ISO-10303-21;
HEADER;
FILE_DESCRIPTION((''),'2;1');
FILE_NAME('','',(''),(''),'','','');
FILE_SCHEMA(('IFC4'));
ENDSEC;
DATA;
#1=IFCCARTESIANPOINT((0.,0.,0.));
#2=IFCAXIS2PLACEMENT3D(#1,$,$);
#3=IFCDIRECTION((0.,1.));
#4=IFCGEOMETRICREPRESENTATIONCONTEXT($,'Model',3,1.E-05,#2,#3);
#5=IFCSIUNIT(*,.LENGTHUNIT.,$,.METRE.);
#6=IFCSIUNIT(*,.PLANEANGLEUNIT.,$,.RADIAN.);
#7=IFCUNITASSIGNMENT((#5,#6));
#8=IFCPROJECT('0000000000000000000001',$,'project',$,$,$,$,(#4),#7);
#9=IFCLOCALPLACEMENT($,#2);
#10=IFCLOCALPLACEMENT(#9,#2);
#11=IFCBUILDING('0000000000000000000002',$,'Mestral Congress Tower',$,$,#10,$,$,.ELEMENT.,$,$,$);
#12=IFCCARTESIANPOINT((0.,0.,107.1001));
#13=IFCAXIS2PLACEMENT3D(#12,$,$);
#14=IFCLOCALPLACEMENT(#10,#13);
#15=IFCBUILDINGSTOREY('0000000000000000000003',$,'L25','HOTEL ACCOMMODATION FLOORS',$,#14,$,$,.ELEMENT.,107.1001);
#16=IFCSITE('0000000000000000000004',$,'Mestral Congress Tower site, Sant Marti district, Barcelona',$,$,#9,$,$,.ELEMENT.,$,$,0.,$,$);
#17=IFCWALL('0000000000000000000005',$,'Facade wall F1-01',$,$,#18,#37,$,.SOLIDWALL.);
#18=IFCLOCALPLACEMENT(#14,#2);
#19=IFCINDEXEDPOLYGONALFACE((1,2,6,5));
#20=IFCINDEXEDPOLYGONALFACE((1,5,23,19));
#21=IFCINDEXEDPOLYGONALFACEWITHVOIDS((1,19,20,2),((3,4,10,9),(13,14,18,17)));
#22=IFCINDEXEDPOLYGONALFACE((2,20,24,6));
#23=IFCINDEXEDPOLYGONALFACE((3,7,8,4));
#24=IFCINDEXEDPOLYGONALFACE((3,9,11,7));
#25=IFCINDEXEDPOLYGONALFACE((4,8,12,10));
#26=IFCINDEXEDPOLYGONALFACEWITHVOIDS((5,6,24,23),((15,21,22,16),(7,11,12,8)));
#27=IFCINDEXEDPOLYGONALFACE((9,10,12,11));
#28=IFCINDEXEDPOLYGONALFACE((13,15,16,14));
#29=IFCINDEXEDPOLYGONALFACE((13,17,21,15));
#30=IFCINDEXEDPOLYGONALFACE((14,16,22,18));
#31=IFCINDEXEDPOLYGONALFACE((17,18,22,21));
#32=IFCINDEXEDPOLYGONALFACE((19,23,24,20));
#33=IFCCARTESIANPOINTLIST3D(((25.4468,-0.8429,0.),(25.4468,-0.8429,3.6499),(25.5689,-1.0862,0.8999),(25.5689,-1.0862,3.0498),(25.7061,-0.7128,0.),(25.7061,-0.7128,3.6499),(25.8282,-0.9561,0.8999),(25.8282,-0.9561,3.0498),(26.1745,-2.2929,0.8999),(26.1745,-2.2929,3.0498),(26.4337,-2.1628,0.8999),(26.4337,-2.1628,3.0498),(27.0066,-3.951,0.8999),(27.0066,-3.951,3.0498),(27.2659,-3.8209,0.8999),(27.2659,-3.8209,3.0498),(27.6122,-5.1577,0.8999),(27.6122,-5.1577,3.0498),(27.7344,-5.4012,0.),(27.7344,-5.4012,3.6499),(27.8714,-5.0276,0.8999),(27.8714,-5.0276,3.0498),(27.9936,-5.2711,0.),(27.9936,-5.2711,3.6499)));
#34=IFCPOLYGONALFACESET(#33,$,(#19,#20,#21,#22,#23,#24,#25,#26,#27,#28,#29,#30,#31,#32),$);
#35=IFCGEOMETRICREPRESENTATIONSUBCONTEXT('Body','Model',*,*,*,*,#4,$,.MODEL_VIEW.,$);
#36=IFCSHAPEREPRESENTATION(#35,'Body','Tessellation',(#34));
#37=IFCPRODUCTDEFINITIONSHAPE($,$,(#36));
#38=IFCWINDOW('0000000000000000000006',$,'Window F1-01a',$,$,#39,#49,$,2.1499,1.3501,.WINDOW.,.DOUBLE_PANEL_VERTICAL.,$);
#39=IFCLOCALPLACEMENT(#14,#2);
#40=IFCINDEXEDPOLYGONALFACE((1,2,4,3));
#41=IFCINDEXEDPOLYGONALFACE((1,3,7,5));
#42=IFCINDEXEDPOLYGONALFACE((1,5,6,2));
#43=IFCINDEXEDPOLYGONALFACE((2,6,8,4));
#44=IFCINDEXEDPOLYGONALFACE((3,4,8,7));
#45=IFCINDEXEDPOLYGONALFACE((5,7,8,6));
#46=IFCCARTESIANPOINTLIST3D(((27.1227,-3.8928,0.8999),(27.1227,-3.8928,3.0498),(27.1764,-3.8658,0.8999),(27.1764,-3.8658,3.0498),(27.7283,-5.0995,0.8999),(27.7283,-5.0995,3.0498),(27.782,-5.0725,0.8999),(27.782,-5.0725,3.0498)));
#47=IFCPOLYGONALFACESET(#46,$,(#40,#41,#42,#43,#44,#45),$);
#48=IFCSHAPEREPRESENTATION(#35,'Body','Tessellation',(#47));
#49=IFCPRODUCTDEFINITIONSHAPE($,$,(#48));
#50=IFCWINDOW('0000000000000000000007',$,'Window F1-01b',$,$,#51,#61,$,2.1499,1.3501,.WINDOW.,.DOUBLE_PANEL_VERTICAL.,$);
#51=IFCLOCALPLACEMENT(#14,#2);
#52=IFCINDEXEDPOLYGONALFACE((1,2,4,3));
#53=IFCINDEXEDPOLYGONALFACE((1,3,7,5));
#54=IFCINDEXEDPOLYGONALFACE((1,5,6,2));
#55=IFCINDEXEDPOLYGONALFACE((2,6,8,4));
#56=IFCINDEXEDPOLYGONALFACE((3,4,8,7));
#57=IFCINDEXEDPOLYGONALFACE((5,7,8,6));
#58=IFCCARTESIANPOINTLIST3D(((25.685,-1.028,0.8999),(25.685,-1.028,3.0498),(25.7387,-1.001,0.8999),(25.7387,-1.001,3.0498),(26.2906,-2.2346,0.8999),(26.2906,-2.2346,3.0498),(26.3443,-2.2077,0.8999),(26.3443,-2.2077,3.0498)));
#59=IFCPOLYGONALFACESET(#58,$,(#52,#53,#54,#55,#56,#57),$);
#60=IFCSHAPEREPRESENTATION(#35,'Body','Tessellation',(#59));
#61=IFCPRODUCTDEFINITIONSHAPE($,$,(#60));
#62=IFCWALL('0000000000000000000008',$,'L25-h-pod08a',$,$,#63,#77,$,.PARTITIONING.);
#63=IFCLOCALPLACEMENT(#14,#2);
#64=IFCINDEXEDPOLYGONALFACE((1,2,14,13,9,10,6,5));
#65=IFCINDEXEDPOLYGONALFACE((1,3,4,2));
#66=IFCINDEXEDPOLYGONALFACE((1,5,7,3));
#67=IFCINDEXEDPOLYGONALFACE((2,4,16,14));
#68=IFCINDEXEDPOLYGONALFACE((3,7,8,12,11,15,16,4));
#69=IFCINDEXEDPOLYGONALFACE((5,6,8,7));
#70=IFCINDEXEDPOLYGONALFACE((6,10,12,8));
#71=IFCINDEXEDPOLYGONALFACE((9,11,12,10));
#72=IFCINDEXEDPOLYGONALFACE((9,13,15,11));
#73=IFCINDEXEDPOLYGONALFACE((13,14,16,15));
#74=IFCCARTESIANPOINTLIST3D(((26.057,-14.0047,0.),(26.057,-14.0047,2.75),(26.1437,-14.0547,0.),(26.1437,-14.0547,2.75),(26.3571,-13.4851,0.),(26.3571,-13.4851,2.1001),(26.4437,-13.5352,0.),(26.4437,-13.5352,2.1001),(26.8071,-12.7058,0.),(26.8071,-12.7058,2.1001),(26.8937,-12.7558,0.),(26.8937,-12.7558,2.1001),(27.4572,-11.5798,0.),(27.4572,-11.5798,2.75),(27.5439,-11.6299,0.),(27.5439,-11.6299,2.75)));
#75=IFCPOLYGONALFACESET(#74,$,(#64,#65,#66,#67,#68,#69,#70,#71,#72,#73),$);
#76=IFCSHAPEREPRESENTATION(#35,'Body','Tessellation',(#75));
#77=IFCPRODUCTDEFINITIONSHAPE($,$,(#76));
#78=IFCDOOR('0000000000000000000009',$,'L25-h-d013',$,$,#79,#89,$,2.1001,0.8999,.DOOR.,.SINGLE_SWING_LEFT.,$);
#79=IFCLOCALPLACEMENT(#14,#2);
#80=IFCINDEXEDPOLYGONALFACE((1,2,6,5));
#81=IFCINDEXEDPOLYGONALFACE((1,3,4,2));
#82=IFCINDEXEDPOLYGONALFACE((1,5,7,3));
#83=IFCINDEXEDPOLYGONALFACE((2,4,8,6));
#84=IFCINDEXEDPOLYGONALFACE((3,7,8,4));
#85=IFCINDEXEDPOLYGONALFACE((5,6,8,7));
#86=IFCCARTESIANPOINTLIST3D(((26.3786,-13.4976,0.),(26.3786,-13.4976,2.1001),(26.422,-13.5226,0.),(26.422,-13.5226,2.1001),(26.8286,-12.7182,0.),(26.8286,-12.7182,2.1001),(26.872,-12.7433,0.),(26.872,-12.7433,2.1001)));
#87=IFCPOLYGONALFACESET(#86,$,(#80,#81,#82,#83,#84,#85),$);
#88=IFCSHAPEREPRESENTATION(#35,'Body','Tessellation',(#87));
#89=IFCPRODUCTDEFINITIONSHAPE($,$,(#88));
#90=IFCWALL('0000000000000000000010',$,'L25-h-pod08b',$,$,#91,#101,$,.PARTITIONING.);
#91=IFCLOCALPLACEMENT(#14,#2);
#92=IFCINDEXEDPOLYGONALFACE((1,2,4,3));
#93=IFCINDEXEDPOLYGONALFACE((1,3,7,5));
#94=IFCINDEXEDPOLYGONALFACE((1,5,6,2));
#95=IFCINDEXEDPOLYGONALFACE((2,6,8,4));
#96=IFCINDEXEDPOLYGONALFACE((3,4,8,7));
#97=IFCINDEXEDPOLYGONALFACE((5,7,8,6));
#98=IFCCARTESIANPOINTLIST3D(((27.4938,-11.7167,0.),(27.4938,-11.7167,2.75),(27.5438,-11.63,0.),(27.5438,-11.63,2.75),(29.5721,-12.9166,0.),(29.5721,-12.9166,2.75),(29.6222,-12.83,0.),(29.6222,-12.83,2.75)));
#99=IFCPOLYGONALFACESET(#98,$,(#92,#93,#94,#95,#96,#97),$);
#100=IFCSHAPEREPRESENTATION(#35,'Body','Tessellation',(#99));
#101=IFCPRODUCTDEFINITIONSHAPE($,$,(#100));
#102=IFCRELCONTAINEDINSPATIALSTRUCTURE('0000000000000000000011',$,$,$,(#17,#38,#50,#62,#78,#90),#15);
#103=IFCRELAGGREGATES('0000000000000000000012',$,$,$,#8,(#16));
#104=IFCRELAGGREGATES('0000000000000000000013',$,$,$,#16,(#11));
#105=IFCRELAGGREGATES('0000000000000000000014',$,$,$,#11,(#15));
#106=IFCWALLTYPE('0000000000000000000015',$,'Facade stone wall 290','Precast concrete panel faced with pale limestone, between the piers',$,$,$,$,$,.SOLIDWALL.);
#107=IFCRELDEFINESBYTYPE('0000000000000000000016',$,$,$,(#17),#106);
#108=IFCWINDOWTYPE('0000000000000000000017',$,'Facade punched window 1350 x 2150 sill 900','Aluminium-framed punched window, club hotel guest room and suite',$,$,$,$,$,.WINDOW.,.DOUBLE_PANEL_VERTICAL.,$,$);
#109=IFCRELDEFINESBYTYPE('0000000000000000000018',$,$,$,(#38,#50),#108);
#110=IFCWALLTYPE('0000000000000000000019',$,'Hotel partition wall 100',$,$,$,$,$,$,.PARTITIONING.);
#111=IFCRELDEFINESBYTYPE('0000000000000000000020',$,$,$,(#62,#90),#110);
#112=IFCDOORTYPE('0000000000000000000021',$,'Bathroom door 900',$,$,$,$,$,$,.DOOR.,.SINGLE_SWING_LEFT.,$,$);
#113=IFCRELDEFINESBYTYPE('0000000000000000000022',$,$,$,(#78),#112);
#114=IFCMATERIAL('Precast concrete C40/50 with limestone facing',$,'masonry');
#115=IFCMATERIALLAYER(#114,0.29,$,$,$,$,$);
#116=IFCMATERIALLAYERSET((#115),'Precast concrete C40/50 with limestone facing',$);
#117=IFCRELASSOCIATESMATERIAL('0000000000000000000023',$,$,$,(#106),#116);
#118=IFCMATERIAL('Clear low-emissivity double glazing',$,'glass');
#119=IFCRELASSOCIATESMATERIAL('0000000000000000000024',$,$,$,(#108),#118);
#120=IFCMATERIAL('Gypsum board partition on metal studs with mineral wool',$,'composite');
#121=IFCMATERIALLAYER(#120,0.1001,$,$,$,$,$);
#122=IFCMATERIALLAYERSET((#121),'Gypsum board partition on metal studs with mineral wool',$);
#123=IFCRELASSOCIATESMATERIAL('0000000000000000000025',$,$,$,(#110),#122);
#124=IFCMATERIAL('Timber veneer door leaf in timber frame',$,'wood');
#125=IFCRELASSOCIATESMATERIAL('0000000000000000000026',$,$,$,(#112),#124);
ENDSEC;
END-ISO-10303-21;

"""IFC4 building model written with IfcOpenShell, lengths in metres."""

from ifc_helpers import new_model, si_unit, direction, frame, frame_2d, origin, place, context, subcontext, project, spatial, rectangle, extrude, material, layer, layer_set, type_object, element, fill, save


model = new_model("IFC4")

# Units and contexts
model_context = context("Model", 3, precision=1e-05, world=origin(), true_north=direction((0.0, 1.0)))
body_context = subcontext(model_context, "Body", "Model", "MODEL_VIEW")
ifc_project = project(units=[si_unit("LENGTHUNIT", "METRE"), si_unit("PLANEANGLEUNIT", "RADIAN")], contexts=[model_context])

# Site, building, storey
site_placement = place(None, origin())
site = spatial("IfcSite", under=ifc_project, at=site_placement, Name="Mestral Congress Tower site, Sant Marti district, Barcelona", CompositionType="ELEMENT", RefElevation=0.0)
building_placement = place(site_placement, origin())
building = spatial("IfcBuilding", under=site, at=building_placement, Name="Mestral Congress Tower", CompositionType="ELEMENT")
storey_placement = place(building_placement, frame((0.0, 0.0, 107.1001)))
storey = spatial("IfcBuildingStorey", under=building, at=storey_placement, Name="L25", Description="HOTEL ACCOMMODATION FLOORS", CompositionType="ELEMENT", Elevation=107.1001)

# Shared definitions
ifc_material_1 = material(Name="Precast concrete C40/50 with limestone facing", Category="masonry")
ifc_layer_1 = layer(ifc_material_1, 0.29)
ifc_layer_set_1 = layer_set([ifc_layer_1], Name="Precast concrete C40/50 with limestone facing")
wall_type_1 = type_object("IfcWallType", Name="Facade stone wall 290", Description="Precast concrete panel faced with pale limestone, between the piers", PredefinedType="SOLIDWALL", material=ifc_layer_set_1)
ifc_material_2 = material(Name="Clear low-emissivity double glazing", Category="glass")

# Wall, openings, windows
window_type_1 = type_object("IfcWindowType", Name="Facade punched window 1350 x 2150 sill 900", Description="Aluminium-framed punched window, club hotel guest room and suite", PartitioningType="DOUBLE_PANEL_VERTICAL", PredefinedType="WINDOW", material=ifc_material_2)
wall_1_placement = place(storey_placement, frame((27.864, -5.3362, 0.0), z_axis=(0.0, 0.0, 1.0), x_axis=(-0.448534, 0.893766, 0.0)))
wall_1 = element("IfcWall", 1, at=wall_1_placement, inside=storey, type_object=wall_type_1, Name="Facade wall F1-01", PredefinedType="SOLIDWALL", context=body_context, shape_type="SweptSolid", body=[
    extrude(rectangle(XDim=5.1001, YDim=0.29, at=frame_2d((2.55, 0.0))), origin(), (0.0, 0.0, 1.0), 3.6499),
])
opening_1_placement = place(wall_1_placement, frame((0.2725, 0.0, 0.8999)))
opening_1 = element("IfcOpeningElement", 2, at=opening_1_placement, cuts=wall_1, PredefinedType="OPENING", context=body_context, shape_type="SweptSolid", body=[
    extrude(rectangle(XDim=1.3501, YDim=2.1499, at=frame_2d((0.675, 1.075))), frame((0.0, 0.155, 0.0), z_axis=(0.0, -1.0, 0.0), x_axis=(1.0, 0.0, 0.0)), (0.0, 0.0, 1.0), 0.3101),
])
opening_2_placement = place(wall_1_placement, frame((3.4778, 0.0, 0.8999)))
opening_2 = element("IfcOpeningElement", 3, at=opening_2_placement, cuts=wall_1, PredefinedType="OPENING", context=body_context, shape_type="SweptSolid", body=[
    extrude(rectangle(XDim=1.3501, YDim=2.1499, at=frame_2d((0.675, 1.075))), frame((0.0, 0.155, 0.0), z_axis=(0.0, -1.0, 0.0), x_axis=(1.0, 0.0, 0.0)), (0.0, 0.0, 1.0), 0.3101),
])
window_1_placement = place(opening_1_placement, origin())
window_1 = element("IfcWindow", 4, at=window_1_placement, inside=storey, type_object=window_type_1, Name="Window F1-01a", OverallHeight=2.1499, OverallWidth=1.3501, PartitioningType="DOUBLE_PANEL_VERTICAL", PredefinedType="WINDOW", context=body_context, shape_type="SweptSolid", body=[
    extrude(rectangle(XDim=1.3501, YDim=2.1499, at=frame_2d((0.675, 1.075))), frame((0.0, 0.0151, 0.0), z_axis=(0.0, -1.0, 0.0), x_axis=(1.0, 0.0, 0.0)), (0.0, 0.0, 1.0), 0.0601),
])
fill(opening_1, window_1)
window_2_placement = place(opening_2_placement, origin())
window_2 = element("IfcWindow", 5, at=window_2_placement, inside=storey, type_object=window_type_1, Name="Window F1-01b", OverallHeight=2.1499, OverallWidth=1.3501, PartitioningType="DOUBLE_PANEL_VERTICAL", PredefinedType="WINDOW", context=body_context, shape_type="SweptSolid", body=[
    extrude(rectangle(XDim=1.3501, YDim=2.1499, at=frame_2d((0.675, 1.075))), frame((0.0, 0.0151, 0.0), z_axis=(0.0, -1.0, 0.0), x_axis=(1.0, 0.0, 0.0)), (0.0, 0.0, 1.0), 0.0601),
])
fill(opening_2, window_2)

# Wall, opening, door
ifc_material_3 = material(Name="Gypsum board partition on metal studs with mineral wool", Category="composite")
ifc_layer_2 = layer(ifc_material_3, 0.1001)
ifc_layer_set_2 = layer_set([ifc_layer_2], Name="Gypsum board partition on metal studs with mineral wool")
wall_type_2 = type_object("IfcWallType", Name="Hotel partition wall 100", PredefinedType="PARTITIONING", material=ifc_layer_set_2)
wall_2_placement = place(storey_placement, frame((27.5005, -11.605, 0.0), z_axis=(0.0, 0.0, 1.0), x_axis=(-0.50005, -0.865997, 0.0)))
wall_2 = element("IfcWall", 6, at=wall_2_placement, inside=storey, type_object=wall_type_2, Name="L25-h-pod08a", PredefinedType="PARTITIONING", context=body_context, shape_type="SweptSolid", body=[
    extrude(rectangle(XDim=2.8, YDim=0.1001, at=frame_2d((1.3999, 0.0))), origin(), (0.0, 0.0, 1.0), 2.75),
])
opening_3_placement = place(wall_2_placement, frame((1.3, 0.0, 0.0)))
opening_3 = element("IfcOpeningElement", 7, at=opening_3_placement, cuts=wall_2, PredefinedType="OPENING", context=body_context, shape_type="SweptSolid", body=[
    extrude(rectangle(XDim=0.8999, YDim=2.1001, at=frame_2d((0.45, 1.05))), frame((0.0, 0.0601, 0.0), z_axis=(0.0, -1.0, 0.0), x_axis=(1.0, 0.0, 0.0)), (0.0, 0.0, 1.0), 0.1201),
])
ifc_material_4 = material(Name="Timber veneer door leaf in timber frame", Category="wood")
door_type = type_object("IfcDoorType", Name="Bathroom door 900", OperationType="SINGLE_SWING_LEFT", PredefinedType="DOOR", material=ifc_material_4)
door_placement = place(opening_3_placement, origin())
door = element("IfcDoor", 8, at=door_placement, inside=storey, type_object=door_type, Name="L25-h-d013", OperationType="SINGLE_SWING_LEFT", OverallHeight=2.1001, OverallWidth=0.8999, PredefinedType="DOOR", context=body_context, shape_type="SweptSolid", body=[
    extrude(rectangle(XDim=0.8999, YDim=2.1001, at=frame_2d((0.45, 1.05))), frame((0.0, 0.0249, 0.0), z_axis=(0.0, -1.0, 0.0), x_axis=(1.0, 0.0, 0.0)), (0.0, 0.0, 1.0), 0.05),
])
fill(opening_3, door)

# Wall
wall_3_placement = place(storey_placement, frame((27.5188, -11.6733, 0.0), z_axis=(0.0, 0.0, 1.0), x_axis=(0.866025, -0.500001, 0.0)))
element("IfcWall", 9, at=wall_3_placement, inside=storey, type_object=wall_type_2, Name="L25-h-pod08b", PredefinedType="PARTITIONING", context=body_context, shape_type="SweptSolid", body=[
    extrude(rectangle(XDim=2.3999, YDim=0.1001, at=frame_2d((1.2, 0.0))), origin(), (0.0, 0.0, 1.0), 2.75),
])

save(model, "model.ifc")
